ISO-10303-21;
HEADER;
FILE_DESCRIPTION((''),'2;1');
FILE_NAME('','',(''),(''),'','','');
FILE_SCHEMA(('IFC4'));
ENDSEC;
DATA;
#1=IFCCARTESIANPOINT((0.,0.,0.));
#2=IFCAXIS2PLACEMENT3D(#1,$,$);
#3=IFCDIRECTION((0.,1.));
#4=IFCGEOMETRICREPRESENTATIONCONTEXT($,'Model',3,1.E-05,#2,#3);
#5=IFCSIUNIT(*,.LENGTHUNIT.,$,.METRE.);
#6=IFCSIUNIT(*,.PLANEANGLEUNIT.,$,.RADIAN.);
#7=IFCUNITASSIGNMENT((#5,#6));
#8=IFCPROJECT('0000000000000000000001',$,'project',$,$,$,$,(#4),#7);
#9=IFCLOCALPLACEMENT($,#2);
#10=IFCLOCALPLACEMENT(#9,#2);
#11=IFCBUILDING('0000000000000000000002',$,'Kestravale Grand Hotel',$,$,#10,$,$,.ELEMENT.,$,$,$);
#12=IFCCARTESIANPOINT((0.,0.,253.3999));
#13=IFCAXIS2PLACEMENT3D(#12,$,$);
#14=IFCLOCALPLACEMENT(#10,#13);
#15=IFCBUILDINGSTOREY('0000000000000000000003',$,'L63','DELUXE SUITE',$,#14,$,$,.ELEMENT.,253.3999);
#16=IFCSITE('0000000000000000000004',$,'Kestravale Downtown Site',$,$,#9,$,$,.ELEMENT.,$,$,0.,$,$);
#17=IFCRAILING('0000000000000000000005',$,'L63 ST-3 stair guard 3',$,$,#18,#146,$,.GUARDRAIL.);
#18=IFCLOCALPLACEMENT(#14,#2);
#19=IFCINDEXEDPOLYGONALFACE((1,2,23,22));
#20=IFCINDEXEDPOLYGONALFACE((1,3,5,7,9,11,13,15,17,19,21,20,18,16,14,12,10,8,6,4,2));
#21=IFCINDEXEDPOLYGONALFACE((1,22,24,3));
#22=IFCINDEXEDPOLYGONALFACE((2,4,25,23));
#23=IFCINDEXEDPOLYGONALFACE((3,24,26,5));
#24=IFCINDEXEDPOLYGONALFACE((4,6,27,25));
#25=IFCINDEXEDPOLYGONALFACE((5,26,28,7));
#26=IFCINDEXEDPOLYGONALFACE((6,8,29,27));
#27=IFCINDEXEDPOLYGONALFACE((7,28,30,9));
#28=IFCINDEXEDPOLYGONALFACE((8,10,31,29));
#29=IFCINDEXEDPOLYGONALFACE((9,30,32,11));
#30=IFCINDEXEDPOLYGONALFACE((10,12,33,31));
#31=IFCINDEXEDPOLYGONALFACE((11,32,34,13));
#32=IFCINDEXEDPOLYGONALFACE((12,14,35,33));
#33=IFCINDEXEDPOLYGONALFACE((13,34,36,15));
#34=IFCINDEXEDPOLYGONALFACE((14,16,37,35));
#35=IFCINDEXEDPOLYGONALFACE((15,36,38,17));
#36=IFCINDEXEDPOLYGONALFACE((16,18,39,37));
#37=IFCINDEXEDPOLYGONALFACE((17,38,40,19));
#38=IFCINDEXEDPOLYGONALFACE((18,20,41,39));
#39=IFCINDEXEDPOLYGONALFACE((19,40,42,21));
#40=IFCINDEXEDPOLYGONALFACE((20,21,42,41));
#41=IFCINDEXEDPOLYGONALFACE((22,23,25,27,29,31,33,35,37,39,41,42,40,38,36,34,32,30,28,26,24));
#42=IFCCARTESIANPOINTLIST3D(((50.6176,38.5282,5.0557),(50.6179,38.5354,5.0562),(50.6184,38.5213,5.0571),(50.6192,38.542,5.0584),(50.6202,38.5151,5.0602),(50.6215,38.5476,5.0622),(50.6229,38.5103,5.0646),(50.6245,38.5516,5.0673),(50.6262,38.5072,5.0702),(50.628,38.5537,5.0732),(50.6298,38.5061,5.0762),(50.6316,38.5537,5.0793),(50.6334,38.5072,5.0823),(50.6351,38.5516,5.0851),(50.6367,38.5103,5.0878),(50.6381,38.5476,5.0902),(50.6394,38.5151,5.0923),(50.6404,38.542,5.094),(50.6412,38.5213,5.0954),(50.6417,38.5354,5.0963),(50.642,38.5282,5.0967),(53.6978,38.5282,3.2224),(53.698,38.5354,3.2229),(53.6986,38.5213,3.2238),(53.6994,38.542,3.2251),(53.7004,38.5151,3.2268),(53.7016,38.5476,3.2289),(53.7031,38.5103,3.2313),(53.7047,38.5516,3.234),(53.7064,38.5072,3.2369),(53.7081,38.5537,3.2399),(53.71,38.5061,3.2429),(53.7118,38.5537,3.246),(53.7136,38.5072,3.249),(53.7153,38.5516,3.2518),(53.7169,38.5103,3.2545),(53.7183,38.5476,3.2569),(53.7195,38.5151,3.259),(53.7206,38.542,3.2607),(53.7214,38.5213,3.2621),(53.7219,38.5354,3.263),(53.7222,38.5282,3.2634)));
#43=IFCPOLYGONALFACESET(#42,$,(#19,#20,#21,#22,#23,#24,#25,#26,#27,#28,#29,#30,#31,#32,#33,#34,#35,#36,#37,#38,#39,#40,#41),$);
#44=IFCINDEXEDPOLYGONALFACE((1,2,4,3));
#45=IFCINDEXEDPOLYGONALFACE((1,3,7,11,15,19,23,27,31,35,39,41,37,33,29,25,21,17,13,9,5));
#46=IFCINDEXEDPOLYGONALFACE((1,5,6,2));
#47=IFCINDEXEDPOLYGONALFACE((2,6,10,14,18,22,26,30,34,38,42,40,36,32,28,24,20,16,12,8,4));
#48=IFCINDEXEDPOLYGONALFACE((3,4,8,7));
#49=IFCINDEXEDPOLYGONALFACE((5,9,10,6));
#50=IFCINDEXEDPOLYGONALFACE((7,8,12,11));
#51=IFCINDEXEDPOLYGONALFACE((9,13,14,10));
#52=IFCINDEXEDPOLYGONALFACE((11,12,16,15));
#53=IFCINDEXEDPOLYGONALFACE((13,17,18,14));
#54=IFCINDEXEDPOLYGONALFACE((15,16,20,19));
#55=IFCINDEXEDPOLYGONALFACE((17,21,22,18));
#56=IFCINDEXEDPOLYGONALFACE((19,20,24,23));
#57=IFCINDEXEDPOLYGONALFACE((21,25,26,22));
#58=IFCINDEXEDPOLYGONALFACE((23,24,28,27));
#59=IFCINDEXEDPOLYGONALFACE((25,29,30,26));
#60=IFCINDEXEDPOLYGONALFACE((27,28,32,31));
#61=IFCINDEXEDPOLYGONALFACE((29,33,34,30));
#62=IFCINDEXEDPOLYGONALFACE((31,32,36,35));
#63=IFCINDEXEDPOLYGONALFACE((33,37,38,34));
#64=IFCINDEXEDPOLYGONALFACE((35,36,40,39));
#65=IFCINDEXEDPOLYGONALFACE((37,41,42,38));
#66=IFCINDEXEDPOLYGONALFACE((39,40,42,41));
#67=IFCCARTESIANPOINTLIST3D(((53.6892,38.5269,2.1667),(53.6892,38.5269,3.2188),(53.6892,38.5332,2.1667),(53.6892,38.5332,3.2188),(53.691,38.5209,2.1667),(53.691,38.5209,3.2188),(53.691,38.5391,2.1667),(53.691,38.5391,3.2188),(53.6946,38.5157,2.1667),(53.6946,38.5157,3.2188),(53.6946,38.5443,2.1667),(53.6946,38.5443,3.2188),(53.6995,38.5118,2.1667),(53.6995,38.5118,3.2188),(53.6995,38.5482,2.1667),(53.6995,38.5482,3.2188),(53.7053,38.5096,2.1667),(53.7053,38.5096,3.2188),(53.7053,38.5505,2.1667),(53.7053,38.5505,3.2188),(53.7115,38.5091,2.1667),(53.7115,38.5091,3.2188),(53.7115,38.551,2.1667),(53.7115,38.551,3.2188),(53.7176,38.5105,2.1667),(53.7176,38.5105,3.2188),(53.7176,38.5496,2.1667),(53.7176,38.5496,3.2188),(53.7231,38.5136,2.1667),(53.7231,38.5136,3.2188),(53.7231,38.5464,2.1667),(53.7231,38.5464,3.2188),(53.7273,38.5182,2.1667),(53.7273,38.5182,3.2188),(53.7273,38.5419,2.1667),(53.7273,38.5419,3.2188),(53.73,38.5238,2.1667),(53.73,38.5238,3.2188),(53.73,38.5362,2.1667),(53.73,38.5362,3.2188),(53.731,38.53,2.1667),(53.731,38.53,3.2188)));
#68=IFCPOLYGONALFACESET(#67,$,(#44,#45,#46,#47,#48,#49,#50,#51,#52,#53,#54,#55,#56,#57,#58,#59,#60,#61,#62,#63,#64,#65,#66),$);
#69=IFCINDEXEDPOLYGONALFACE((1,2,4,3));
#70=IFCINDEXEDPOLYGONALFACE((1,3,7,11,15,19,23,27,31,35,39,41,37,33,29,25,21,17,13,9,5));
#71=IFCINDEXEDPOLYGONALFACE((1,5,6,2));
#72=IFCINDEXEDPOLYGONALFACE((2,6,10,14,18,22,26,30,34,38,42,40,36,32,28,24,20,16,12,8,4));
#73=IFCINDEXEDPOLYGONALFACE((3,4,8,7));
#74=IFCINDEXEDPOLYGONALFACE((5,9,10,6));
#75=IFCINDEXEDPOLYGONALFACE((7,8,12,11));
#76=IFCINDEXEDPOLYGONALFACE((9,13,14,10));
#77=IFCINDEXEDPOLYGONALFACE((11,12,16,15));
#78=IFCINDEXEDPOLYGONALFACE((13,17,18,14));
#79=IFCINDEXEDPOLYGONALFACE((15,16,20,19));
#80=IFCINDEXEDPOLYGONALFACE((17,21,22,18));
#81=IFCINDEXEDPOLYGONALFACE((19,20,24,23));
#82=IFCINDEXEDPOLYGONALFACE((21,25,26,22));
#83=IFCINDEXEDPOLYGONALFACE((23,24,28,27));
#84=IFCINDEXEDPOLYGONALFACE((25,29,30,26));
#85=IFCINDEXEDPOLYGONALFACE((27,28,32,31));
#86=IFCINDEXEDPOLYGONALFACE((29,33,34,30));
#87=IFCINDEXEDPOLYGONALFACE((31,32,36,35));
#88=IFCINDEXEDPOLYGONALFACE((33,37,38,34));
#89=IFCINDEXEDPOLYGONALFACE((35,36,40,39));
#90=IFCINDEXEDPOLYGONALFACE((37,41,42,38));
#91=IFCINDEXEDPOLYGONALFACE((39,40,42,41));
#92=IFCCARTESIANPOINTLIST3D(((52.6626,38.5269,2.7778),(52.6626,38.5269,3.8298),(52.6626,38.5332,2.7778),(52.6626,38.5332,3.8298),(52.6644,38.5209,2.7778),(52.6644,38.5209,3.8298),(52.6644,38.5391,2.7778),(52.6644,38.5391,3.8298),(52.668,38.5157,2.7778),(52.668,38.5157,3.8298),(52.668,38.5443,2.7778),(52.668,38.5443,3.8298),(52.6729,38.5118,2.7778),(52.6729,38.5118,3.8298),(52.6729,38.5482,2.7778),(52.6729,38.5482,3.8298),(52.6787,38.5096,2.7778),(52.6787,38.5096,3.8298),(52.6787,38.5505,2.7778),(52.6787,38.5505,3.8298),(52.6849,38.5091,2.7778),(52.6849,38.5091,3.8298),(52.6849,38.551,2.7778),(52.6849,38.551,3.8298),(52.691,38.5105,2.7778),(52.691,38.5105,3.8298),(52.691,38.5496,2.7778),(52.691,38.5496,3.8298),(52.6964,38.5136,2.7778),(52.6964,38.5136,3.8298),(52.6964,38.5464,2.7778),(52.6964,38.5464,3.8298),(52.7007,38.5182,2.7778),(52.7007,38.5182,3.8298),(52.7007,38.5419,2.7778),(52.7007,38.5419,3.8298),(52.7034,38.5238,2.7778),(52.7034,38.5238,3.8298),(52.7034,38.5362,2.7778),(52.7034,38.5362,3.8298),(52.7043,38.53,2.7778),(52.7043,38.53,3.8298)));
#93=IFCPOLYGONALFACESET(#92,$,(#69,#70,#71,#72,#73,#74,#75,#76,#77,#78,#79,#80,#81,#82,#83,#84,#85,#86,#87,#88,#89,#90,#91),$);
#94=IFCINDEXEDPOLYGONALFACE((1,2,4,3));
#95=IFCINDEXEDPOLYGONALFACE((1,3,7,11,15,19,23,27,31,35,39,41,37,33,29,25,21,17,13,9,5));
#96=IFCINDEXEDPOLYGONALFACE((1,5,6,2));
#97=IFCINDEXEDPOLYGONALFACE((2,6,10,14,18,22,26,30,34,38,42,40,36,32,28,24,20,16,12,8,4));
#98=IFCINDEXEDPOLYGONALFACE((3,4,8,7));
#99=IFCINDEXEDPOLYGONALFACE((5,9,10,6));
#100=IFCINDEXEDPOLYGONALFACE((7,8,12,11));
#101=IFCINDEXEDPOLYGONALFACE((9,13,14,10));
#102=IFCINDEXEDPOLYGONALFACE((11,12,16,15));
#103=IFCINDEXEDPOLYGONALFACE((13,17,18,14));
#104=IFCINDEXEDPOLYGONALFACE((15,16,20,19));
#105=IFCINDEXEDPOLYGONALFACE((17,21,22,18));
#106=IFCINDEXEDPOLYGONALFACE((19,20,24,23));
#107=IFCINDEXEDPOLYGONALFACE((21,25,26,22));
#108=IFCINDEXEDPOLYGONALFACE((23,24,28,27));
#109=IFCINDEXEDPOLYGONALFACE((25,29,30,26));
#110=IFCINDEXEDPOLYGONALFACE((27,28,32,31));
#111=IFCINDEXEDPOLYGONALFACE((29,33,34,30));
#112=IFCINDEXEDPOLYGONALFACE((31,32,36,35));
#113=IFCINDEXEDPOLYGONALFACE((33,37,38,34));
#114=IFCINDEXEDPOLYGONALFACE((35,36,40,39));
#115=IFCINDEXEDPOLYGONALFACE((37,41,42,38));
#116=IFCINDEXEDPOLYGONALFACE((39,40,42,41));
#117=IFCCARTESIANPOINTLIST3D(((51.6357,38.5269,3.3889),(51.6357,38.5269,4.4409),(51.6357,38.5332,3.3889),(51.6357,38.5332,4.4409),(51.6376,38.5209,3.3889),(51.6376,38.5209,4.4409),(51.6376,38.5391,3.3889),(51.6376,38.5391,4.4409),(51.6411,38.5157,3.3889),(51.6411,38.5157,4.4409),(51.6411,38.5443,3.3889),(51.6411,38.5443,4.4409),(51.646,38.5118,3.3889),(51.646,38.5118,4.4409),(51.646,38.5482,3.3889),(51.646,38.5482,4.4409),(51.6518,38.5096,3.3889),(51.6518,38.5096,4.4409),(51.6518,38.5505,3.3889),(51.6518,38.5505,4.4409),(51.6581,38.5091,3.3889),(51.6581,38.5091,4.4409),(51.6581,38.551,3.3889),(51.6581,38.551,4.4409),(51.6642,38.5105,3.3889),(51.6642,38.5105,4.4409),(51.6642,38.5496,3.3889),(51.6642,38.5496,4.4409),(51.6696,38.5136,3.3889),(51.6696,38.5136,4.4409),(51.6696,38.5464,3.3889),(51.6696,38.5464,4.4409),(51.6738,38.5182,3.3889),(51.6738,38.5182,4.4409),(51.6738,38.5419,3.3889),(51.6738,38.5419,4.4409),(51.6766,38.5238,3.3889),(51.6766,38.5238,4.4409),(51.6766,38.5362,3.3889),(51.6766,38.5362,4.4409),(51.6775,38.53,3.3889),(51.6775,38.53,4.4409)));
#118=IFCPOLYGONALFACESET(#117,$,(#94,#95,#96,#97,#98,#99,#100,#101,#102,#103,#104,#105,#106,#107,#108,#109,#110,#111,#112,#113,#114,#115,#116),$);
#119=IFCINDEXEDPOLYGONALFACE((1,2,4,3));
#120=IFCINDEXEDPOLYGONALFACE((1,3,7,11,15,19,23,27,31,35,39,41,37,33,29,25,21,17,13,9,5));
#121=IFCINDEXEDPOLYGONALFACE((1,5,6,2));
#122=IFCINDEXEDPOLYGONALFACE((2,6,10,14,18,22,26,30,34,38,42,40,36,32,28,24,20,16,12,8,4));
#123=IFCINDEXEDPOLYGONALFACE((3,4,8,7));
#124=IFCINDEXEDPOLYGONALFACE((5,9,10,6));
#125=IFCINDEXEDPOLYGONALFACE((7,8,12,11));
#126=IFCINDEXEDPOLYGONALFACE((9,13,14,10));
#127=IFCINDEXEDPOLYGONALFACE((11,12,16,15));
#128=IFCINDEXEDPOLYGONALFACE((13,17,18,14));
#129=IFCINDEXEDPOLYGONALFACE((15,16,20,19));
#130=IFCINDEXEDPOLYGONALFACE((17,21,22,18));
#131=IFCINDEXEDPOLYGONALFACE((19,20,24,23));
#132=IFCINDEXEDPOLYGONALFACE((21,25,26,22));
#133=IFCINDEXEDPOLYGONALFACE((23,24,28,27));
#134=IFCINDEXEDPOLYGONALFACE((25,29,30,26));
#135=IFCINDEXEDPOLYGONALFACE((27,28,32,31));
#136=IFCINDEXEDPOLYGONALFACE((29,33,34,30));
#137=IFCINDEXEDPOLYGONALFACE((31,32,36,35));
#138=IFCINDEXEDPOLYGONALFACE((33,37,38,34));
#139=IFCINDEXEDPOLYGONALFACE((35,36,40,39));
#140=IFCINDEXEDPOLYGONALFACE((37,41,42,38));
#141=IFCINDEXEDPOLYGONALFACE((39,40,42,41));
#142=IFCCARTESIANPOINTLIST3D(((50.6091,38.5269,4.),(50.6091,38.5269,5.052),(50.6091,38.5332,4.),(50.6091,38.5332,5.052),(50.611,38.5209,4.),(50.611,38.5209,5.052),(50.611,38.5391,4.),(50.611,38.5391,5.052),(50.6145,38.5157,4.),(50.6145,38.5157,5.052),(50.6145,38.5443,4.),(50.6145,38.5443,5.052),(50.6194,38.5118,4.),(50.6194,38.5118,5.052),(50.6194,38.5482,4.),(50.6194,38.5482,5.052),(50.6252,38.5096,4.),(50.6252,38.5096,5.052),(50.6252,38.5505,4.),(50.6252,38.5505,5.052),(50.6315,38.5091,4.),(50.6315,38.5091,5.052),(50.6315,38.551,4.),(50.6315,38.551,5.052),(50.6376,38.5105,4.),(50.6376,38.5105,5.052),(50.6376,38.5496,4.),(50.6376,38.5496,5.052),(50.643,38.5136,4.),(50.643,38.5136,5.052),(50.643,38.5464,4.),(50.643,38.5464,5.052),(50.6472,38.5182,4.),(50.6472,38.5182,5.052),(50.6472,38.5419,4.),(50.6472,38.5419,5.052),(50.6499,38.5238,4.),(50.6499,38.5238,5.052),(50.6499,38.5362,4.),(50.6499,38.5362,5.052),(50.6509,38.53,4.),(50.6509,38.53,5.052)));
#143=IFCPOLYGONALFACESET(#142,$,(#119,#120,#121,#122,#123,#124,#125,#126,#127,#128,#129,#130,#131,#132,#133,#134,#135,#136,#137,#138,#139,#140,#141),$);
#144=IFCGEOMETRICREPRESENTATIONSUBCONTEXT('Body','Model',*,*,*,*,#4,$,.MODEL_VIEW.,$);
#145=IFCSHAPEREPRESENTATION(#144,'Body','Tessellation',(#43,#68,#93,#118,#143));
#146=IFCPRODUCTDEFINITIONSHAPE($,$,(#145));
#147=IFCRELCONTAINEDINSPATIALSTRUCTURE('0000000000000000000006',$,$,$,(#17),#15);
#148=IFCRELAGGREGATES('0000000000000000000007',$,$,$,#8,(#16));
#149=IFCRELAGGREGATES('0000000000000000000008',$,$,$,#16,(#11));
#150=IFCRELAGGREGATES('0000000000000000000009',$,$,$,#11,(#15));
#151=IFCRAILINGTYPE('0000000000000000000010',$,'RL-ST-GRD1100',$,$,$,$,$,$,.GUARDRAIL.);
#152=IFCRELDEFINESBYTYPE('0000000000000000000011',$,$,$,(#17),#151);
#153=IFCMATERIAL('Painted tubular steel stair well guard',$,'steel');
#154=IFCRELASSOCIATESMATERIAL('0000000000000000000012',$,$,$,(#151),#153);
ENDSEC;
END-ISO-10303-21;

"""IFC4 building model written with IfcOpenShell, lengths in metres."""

from ifc_helpers import new_model, si_unit, direction, frame, origin, origin_2d, place, context, subcontext, project, spatial, circle, extrude, material, type_object, element, save


model = new_model("IFC4")

# Units and contexts
model_context = context("Model", 3, precision=1e-05, world=origin(), true_north=direction((0.0, 1.0)))
body_context = subcontext(model_context, "Body", "Model", "MODEL_VIEW")
ifc_project = project(units=[si_unit("LENGTHUNIT", "METRE"), si_unit("PLANEANGLEUNIT", "RADIAN")], contexts=[model_context])

# Site, building, storey
site_placement = place(None, origin())
site = spatial("IfcSite", under=ifc_project, at=site_placement, Name="Kestravale Downtown Site", CompositionType="ELEMENT", RefElevation=0.0)
building_placement = place(site_placement, origin())
building = spatial("IfcBuilding", under=site, at=building_placement, Name="Kestravale Grand Hotel", CompositionType="ELEMENT")
storey_placement = place(building_placement, frame((0.0, 0.0, 253.3999)))
storey = spatial("IfcBuildingStorey", under=building, at=storey_placement, Name="L63", Description="DELUXE SUITE", CompositionType="ELEMENT", Elevation=253.3999)

# Railing
ifc_material_1 = material(Name="Painted tubular steel stair well guard", Category="steel")
railing_type_1 = type_object("IfcRailingType", Name="RL-ST-GRD1100", PredefinedType="GUARDRAIL", material=ifc_material_1)
railing_1_placement = place(storey_placement, frame((53.71, 38.53, 2.1667)))
element("IfcRailing", 1, at=railing_1_placement, inside=storey, type_object=railing_type_1, Name="L63 ST-3 stair guard 3", PredefinedType="GUARDRAIL", context=body_context, shape_type="SweptSolid", body=[
    extrude(circle(Radius=0.0239, at=origin_2d()), frame((0.0, 0.0, 1.0762), z_axis=(-0.859309, 0.0, 0.511458), x_axis=(0.0, -1.0, 0.0)), (0.0, 0.0, 1.0), 3.5845),
    extrude(circle(Radius=0.021, at=origin_2d()), origin(), (0.0, 0.0, 1.0), 1.052),
    extrude(circle(Radius=0.021, at=origin_2d()), frame((-1.0266, 0.0, 0.6111)), (0.0, 0.0, 1.0), 1.052),
    extrude(circle(Radius=0.021, at=origin_2d()), frame((-2.0535, 0.0, 1.2222)), (0.0, 0.0, 1.0), 1.052),
    extrude(circle(Radius=0.021, at=origin_2d()), frame((-3.0801, 0.0, 1.8333)), (0.0, 0.0, 1.0), 1.052),
])

save(model, "model.ifc")
